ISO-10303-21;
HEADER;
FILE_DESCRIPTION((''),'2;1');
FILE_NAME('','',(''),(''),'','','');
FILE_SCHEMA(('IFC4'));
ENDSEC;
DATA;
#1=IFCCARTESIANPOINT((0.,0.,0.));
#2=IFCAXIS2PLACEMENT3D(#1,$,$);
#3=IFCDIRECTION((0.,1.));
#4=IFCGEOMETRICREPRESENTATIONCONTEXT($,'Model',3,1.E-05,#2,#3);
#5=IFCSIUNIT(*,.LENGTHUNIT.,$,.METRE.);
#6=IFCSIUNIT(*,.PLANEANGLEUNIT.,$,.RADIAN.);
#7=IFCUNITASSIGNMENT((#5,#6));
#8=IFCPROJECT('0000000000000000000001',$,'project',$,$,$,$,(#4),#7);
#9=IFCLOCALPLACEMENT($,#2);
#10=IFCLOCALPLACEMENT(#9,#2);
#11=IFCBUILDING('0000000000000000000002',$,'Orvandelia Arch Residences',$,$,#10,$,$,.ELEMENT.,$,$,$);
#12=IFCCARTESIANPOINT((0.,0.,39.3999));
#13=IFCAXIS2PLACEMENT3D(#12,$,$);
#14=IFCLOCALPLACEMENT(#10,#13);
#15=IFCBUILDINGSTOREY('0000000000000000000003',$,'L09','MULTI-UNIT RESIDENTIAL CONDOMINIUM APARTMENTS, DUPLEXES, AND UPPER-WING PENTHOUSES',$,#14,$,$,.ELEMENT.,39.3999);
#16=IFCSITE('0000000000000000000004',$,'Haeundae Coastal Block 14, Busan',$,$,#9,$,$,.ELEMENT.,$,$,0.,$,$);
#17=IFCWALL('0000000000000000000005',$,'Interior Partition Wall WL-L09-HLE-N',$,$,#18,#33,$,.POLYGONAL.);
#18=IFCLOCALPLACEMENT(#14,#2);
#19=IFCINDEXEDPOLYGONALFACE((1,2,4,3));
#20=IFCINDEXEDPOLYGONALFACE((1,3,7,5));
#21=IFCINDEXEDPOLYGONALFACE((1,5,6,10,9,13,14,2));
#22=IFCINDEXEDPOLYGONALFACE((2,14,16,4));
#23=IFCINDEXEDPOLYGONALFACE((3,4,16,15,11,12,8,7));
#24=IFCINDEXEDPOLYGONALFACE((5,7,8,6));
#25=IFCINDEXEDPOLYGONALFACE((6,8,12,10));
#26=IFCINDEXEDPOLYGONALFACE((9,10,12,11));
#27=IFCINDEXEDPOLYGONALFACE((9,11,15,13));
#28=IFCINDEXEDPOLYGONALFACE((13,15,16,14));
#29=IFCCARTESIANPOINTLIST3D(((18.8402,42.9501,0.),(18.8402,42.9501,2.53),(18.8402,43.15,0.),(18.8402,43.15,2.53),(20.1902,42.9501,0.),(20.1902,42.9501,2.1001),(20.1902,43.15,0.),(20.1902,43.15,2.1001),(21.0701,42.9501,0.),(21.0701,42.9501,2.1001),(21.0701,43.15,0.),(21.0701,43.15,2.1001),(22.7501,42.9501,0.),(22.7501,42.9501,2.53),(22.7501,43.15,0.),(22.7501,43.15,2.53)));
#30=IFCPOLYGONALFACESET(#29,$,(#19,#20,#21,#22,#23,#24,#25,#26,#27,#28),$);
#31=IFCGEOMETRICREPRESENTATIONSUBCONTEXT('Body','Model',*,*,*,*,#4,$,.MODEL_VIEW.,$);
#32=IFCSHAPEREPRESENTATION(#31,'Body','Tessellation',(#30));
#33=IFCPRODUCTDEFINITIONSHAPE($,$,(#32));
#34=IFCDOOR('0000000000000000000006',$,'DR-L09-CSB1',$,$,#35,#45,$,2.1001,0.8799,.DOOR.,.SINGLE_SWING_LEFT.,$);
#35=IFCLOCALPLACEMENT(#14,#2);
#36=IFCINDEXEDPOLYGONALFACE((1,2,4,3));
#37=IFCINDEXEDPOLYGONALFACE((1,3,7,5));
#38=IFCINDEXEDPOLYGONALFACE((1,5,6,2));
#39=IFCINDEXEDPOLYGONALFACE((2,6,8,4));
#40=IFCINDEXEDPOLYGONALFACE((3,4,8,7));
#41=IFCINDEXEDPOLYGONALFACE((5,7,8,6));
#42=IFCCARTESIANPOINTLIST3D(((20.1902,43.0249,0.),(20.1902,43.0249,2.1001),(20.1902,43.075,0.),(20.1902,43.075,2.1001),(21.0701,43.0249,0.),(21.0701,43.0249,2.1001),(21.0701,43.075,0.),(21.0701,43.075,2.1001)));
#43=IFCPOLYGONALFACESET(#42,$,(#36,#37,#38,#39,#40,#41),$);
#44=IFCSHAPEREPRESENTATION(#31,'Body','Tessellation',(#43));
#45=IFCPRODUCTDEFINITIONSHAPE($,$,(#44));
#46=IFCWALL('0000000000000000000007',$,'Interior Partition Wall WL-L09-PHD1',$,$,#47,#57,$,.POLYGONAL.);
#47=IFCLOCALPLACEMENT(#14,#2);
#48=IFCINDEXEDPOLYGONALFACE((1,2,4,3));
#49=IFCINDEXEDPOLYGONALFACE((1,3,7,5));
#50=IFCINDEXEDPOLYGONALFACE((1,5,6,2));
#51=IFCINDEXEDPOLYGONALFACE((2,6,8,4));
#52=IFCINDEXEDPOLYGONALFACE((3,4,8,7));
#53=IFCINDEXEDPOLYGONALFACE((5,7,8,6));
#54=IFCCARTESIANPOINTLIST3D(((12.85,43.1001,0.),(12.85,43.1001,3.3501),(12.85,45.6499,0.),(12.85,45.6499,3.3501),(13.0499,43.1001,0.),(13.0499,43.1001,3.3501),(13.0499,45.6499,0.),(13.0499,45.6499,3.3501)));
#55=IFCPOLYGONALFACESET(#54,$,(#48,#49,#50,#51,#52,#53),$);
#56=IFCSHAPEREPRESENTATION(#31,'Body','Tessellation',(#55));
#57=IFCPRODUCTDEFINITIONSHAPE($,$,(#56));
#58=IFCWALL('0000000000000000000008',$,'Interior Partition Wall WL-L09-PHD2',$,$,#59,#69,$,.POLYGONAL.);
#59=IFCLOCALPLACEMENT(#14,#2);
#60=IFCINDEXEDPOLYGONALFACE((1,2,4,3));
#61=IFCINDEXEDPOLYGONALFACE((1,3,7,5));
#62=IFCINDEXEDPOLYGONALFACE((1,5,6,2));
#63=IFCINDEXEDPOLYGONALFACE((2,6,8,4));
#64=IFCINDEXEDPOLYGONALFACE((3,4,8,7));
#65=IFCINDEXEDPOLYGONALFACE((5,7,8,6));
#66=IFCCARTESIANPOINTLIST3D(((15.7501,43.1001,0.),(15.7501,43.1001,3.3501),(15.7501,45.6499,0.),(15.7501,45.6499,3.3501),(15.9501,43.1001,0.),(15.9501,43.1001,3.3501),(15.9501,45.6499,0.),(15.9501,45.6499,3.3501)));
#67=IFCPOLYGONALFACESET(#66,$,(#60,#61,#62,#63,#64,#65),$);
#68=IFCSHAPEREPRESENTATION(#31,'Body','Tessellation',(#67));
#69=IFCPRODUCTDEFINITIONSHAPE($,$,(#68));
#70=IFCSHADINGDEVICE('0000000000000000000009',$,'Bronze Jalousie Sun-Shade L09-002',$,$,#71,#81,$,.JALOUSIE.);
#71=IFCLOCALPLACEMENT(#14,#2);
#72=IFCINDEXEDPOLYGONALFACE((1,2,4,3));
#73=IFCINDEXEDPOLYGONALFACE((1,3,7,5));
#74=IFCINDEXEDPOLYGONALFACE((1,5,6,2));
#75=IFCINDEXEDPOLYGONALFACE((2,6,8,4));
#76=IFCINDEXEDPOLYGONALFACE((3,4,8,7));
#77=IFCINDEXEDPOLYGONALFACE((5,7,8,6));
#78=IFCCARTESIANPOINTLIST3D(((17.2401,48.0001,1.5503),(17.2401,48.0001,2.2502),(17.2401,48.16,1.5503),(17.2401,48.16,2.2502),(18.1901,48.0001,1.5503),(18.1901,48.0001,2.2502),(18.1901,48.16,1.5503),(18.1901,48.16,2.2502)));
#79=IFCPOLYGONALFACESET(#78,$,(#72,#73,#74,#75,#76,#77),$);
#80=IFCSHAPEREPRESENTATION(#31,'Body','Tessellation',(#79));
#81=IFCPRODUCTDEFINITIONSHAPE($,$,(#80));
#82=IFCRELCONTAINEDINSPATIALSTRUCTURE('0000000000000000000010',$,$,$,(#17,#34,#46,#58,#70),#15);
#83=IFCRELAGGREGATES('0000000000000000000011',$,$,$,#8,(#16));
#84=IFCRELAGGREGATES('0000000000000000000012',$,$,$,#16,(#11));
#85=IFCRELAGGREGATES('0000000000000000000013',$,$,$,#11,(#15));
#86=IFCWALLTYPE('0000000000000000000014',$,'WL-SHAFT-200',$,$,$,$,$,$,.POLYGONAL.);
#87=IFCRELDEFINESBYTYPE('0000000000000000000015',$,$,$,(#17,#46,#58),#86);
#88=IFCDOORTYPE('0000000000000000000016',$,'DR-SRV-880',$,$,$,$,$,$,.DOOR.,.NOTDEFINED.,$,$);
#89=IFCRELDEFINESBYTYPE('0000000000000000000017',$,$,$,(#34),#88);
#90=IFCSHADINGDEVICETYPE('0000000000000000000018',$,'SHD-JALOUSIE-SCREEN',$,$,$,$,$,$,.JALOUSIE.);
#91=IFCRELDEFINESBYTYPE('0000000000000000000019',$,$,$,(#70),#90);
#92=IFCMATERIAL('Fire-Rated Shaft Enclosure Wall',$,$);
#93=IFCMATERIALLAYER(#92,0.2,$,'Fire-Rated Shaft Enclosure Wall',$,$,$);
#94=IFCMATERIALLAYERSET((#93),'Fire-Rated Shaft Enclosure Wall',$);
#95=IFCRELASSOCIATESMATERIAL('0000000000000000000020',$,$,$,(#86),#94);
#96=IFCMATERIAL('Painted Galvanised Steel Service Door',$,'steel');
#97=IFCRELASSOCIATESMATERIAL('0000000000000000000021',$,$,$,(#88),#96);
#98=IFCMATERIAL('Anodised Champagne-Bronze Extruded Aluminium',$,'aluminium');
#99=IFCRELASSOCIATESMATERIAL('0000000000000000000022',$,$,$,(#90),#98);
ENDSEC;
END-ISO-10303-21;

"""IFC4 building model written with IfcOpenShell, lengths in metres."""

from ifc_helpers import new_model, si_unit, direction, frame, frame_2d, origin, origin_2d, place, context, subcontext, project, spatial, rectangle, extrude, material, layer, layer_set, type_object, element, fill, save


model = new_model("IFC4")

# Units and contexts
model_context = context("Model", 3, precision=1e-05, world=origin(), true_north=direction((0.0, 1.0)))
body_context = subcontext(model_context, "Body", "Model", "MODEL_VIEW")
ifc_project = project(units=[si_unit("LENGTHUNIT", "METRE"), si_unit("PLANEANGLEUNIT", "RADIAN")], contexts=[model_context])

# Site, building, storey
site_placement = place(None, origin())
site = spatial("IfcSite", under=ifc_project, at=site_placement, Name="Haeundae Coastal Block 14, Busan", CompositionType="ELEMENT", RefElevation=0.0)
building_placement = place(site_placement, origin())
building = spatial("IfcBuilding", under=site, at=building_placement, Name="Orvandelia Arch Residences", CompositionType="ELEMENT")
storey_placement = place(building_placement, frame((0.0, 0.0, 39.3999)))
storey = spatial("IfcBuildingStorey", under=building, at=storey_placement, Name="L09", Description="MULTI-UNIT RESIDENTIAL CONDOMINIUM APARTMENTS, DUPLEXES, AND UPPER-WING PENTHOUSES", CompositionType="ELEMENT", Elevation=39.3999)

# Shared definitions
ifc_material_1 = material(Name="Fire-Rated Shaft Enclosure Wall")
ifc_layer_1 = layer(ifc_material_1, 0.2, Name="Fire-Rated Shaft Enclosure Wall")
ifc_layer_set_1 = layer_set([ifc_layer_1], Name="Fire-Rated Shaft Enclosure Wall")
wall_type_1 = type_object("IfcWallType", Name="WL-SHAFT-200", PredefinedType="POLYGONAL", material=ifc_layer_set_1)

# Shared definitions
ifc_material_2 = material(Name="Painted Galvanised Steel Service Door", Category="steel")
door_type_1 = type_object("IfcDoorType", Name="DR-SRV-880", OperationType="NOTDEFINED", PredefinedType="DOOR", material=ifc_material_2)

# Wall, opening, door
wall_1_placement = place(storey_placement, frame((18.8401, 43.05, 0.0), z_axis=(0.0, 0.0, 1.0), x_axis=(1.0, 0.0, 0.0)))
wall_1 = element("IfcWall", 1, at=wall_1_placement, inside=storey, type_object=wall_type_1, Name="Interior Partition Wall WL-L09-HLE-N", PredefinedType="POLYGONAL", context=body_context, shape_type="SweptSolid", body=[
    extrude(rectangle(XDim=3.9099, YDim=0.2, at=frame_2d((1.9551, 0.0))), origin(), (0.0, 0.0, 1.0), 2.53),
])
opening_1_placement = place(wall_1_placement, frame((1.3501, 0.0, 0.0)))
opening_1 = element("IfcOpeningElement", 2, at=opening_1_placement, cuts=wall_1, PredefinedType="OPENING", context=body_context, shape_type="SweptSolid", body=[
    extrude(rectangle(XDim=0.8799, YDim=2.1001, at=frame_2d((0.4399, 1.05))), frame((0.0, 0.1099, 0.0), z_axis=(0.0, -1.0, 0.0), x_axis=(1.0, 0.0, 0.0)), (0.0, 0.0, 1.0), 0.22),
])
door_1_placement = place(opening_1_placement, origin())
door_1 = element("IfcDoor", 3, at=door_1_placement, inside=storey, type_object=door_type_1, Name="DR-L09-CSB1", OperationType="SINGLE_SWING_LEFT", OverallHeight=2.1001, OverallWidth=0.8799, PredefinedType="DOOR", context=body_context, shape_type="SweptSolid", body=[
    extrude(rectangle(XDim=0.8799, YDim=2.1001, at=frame_2d((0.4399, 1.05))), frame((0.0, 0.0249, 0.0), z_axis=(0.0, -1.0, 0.0), x_axis=(1.0, 0.0, 0.0)), (0.0, 0.0, 1.0), 0.05),
])
fill(opening_1, door_1)

# Walls
for number, where, z_axis, x_axis, name in (
    (4, (12.95, 43.1001, 0.0), (0.0, 0.0, 1.0), (0.0, 1.0, 0.0), "Interior Partition Wall WL-L09-PHD1"),
    (5, (15.8501, 43.1001, 0.0), (0.0, 0.0, 1.0), (0.0, 1.0, 0.0), "Interior Partition Wall WL-L09-PHD2"),
):
    element("IfcWall", number, at=place(storey_placement, frame(where, z_axis=z_axis, x_axis=x_axis)), inside=storey, type_object=wall_type_1, Name=name, PredefinedType="POLYGONAL", context=body_context, shape_type="SweptSolid", body=[
        extrude(rectangle(XDim=2.5498, YDim=0.2, at=frame_2d((1.2749, 0.0))), origin(), (0.0, 0.0, 1.0), 3.3501),
    ])

# Shading device
ifc_material_3 = material(Name="Anodised Champagne-Bronze Extruded Aluminium", Category="aluminium")
shading_device_type = type_object("IfcShadingDeviceType", Name="SHD-JALOUSIE-SCREEN", PredefinedType="JALOUSIE", material=ifc_material_3)
shading_device_placement = place(storey_placement, frame((17.7151, 48.0801, 1.5503), z_axis=(0.0, 0.0, 1.0), x_axis=(1.0, 0.0, 0.0)))
element("IfcShadingDevice", 6, at=shading_device_placement, inside=storey, type_object=shading_device_type, Name="Bronze Jalousie Sun-Shade L09-002", PredefinedType="JALOUSIE", context=body_context, shape_type="SweptSolid", body=[
    extrude(rectangle(XDim=0.95, YDim=0.1599, at=origin_2d()), origin(), (0.0, 0.0, 1.0), 0.7),
])

save(model, "model.ifc")
